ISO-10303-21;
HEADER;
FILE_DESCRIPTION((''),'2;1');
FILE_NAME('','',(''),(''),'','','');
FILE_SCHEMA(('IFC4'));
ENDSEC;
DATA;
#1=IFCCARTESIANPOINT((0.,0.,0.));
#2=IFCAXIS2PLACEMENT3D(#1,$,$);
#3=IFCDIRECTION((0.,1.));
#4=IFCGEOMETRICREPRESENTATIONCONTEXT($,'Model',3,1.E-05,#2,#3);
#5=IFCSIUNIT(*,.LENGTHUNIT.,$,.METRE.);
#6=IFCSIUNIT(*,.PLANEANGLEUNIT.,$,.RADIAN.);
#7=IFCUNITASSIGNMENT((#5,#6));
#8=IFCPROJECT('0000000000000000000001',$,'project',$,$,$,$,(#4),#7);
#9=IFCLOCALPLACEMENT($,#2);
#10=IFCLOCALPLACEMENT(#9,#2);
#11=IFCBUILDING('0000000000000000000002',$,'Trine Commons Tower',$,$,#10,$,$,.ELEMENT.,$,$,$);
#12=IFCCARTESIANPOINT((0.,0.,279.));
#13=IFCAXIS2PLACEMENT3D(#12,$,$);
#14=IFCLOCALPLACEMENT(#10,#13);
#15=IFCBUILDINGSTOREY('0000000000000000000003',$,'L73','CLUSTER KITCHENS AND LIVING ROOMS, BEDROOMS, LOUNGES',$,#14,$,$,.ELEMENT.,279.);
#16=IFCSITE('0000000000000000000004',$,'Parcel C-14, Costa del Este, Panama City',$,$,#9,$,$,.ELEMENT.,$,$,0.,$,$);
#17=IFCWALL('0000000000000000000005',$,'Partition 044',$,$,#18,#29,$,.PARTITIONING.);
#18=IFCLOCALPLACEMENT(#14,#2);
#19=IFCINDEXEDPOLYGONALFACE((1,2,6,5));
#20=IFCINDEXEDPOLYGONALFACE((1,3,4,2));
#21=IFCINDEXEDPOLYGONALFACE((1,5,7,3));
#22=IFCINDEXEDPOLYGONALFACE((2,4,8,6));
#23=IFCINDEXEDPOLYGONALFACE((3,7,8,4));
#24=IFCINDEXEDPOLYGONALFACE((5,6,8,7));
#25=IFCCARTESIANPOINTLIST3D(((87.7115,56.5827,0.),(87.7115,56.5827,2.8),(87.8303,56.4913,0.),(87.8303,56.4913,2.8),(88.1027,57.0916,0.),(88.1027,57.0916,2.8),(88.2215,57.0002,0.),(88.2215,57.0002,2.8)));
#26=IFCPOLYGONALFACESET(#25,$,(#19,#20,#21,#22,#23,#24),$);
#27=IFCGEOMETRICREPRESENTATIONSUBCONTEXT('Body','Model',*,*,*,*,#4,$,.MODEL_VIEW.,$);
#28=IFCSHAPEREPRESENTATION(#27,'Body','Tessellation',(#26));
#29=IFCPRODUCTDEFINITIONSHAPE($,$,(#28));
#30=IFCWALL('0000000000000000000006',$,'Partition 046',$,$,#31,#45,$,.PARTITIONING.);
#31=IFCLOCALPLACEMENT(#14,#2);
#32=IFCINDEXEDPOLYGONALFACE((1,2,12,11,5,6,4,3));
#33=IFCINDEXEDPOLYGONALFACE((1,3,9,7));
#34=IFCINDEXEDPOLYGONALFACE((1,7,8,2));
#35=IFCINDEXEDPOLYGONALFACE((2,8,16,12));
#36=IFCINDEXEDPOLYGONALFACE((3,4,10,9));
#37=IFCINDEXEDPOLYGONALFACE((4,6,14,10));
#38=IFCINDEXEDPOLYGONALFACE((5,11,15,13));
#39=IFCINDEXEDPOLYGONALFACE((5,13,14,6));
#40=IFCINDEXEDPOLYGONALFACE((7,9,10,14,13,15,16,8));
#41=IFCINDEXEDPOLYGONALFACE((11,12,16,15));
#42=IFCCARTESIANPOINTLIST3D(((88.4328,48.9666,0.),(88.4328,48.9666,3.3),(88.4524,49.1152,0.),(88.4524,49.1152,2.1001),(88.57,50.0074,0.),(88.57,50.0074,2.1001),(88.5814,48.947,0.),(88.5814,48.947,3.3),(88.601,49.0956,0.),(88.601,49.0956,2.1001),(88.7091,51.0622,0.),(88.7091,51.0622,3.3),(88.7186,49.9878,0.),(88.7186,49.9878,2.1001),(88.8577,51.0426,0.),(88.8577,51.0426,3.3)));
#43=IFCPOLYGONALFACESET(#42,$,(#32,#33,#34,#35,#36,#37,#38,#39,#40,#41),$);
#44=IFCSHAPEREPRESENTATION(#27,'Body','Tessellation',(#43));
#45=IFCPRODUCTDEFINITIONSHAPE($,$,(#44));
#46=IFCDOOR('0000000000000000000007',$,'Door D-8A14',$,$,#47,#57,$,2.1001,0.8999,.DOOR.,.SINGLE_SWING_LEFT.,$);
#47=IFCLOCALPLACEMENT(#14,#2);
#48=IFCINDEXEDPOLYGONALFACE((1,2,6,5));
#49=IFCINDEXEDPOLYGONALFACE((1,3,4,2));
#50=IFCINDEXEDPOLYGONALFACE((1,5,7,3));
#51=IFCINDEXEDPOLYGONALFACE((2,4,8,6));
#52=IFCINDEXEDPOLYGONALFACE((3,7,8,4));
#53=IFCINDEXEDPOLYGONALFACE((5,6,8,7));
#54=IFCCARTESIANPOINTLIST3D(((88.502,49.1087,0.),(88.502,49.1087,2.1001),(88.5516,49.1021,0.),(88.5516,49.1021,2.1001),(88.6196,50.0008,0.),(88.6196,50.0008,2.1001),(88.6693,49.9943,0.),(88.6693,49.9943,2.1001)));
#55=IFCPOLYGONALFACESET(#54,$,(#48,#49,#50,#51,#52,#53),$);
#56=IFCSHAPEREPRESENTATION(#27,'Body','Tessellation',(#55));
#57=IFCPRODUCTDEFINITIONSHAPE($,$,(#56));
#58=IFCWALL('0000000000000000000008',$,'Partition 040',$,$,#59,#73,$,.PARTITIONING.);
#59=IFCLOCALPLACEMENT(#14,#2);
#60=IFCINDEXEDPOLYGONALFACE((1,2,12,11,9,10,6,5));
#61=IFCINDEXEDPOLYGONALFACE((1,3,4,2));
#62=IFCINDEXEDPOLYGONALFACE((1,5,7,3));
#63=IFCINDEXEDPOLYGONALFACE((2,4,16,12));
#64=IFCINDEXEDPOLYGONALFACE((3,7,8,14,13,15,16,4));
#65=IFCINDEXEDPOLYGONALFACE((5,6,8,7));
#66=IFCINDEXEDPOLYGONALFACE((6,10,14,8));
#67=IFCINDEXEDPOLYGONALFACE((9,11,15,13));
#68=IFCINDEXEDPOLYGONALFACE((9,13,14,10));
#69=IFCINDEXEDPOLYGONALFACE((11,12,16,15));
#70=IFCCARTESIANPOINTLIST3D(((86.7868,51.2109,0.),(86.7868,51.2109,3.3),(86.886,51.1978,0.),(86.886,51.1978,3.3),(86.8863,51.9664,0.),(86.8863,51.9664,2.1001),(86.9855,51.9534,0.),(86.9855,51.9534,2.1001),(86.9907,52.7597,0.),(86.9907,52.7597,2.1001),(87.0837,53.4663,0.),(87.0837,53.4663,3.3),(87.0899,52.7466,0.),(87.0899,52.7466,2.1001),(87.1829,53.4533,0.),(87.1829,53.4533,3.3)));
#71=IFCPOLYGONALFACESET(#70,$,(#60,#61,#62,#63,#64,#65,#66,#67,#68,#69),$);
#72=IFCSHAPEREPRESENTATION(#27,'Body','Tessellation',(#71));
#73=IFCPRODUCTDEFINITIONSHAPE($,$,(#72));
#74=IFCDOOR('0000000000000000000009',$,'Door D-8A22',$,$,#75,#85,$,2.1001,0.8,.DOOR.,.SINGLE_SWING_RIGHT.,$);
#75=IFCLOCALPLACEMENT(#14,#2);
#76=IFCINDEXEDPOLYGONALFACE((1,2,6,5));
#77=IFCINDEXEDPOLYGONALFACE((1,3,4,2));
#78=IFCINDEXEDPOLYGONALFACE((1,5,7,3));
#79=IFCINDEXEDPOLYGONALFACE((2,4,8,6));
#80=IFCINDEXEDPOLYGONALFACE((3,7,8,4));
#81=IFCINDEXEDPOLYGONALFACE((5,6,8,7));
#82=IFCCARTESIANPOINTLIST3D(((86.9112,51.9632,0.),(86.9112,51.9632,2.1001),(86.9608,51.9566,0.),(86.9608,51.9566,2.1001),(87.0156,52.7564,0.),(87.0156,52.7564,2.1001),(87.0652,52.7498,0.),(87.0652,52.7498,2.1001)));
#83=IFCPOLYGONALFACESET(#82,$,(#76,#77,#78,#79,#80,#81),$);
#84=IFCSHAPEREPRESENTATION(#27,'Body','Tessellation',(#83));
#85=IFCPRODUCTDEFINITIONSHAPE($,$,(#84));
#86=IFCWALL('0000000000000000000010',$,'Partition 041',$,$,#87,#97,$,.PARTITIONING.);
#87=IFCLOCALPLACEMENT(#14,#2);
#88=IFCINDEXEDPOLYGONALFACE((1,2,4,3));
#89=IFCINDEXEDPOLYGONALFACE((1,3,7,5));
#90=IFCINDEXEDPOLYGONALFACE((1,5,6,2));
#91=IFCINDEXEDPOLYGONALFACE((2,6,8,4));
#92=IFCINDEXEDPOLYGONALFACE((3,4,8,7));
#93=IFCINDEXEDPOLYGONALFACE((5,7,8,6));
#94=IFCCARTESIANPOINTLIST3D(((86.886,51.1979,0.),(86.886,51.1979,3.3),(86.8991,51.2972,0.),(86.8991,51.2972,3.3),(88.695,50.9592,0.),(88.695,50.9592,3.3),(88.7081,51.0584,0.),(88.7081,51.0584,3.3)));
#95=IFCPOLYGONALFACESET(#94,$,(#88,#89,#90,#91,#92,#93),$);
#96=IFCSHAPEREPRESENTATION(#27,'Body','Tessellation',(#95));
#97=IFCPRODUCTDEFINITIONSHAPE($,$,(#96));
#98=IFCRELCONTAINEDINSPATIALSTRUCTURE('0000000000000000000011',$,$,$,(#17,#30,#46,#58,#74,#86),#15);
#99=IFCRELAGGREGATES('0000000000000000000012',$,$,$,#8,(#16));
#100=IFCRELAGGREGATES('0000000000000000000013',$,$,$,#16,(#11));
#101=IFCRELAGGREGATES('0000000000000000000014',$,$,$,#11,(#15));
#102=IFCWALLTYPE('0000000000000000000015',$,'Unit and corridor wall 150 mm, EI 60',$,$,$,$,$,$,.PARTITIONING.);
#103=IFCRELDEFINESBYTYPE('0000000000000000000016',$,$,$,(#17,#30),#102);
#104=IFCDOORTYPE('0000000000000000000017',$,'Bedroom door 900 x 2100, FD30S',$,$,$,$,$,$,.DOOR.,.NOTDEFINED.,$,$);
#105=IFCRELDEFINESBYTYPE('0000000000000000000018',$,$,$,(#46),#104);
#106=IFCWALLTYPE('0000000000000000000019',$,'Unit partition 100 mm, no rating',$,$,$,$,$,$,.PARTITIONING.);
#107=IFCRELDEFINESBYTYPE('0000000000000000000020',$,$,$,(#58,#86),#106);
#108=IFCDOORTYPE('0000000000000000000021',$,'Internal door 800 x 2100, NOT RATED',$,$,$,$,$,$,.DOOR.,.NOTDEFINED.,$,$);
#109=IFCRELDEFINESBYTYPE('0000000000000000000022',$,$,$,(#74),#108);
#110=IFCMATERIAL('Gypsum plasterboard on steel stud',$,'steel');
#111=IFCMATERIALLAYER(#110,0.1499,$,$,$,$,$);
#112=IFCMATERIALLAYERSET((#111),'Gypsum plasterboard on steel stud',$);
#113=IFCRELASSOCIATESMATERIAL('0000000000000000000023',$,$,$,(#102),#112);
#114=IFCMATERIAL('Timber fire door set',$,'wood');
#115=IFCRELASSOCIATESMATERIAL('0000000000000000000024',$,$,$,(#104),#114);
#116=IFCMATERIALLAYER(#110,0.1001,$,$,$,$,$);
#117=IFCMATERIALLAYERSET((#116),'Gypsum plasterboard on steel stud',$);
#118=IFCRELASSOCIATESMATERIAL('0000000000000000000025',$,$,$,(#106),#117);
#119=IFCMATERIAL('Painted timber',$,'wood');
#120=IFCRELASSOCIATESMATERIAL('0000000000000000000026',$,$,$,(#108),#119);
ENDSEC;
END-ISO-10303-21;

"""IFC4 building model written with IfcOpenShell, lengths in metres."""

from ifc_helpers import new_model, si_unit, direction, frame, frame_2d, origin, place, context, subcontext, project, spatial, rectangle, extrude, material, layer, layer_set, type_object, element, fill, save


model = new_model("IFC4")

# Units and contexts
model_context = context("Model", 3, precision=1e-05, world=origin(), true_north=direction((0.0, 1.0)))
body_context = subcontext(model_context, "Body", "Model", "MODEL_VIEW")
ifc_project = project(units=[si_unit("LENGTHUNIT", "METRE"), si_unit("PLANEANGLEUNIT", "RADIAN")], contexts=[model_context])

# Site, building, storey
site_placement = place(None, origin())
site = spatial("IfcSite", under=ifc_project, at=site_placement, Name="Parcel C-14, Costa del Este, Panama City", CompositionType="ELEMENT", RefElevation=0.0)
building_placement = place(site_placement, origin())
building = spatial("IfcBuilding", under=site, at=building_placement, Name="Trine Commons Tower", CompositionType="ELEMENT")
storey_placement = place(building_placement, frame((0.0, 0.0, 279.0)))
storey = spatial("IfcBuildingStorey", under=building, at=storey_placement, Name="L73", Description="CLUSTER KITCHENS AND LIVING ROOMS, BEDROOMS, LOUNGES", CompositionType="ELEMENT", Elevation=279.0)

# Shared definitions
ifc_material_1 = material(Name="Gypsum plasterboard on steel stud", Category="steel")
ifc_layer_1 = layer(ifc_material_1, 0.1499)
ifc_layer_set_1 = layer_set([ifc_layer_1], Name="Gypsum plasterboard on steel stud")
wall_type_1 = type_object("IfcWallType", Name="Unit and corridor wall 150 mm, EI 60", PredefinedType="PARTITIONING", material=ifc_layer_set_1)

# Shared definitions
ifc_material_2 = material(Name="Timber fire door set", Category="wood")

# Wall
wall_1_placement = place(storey_placement, frame((87.771, 56.5371, 0.0), z_axis=(0.0, 0.0, 1.0), x_axis=(0.609453, 0.792822, 0.0)))
element("IfcWall", 1, at=wall_1_placement, inside=storey, type_object=wall_type_1, Name="Partition 044", PredefinedType="PARTITIONING", context=body_context, shape_type="SweptSolid", body=[
    extrude(rectangle(XDim=0.6418, YDim=0.1499, at=frame_2d((0.3208, 0.0))), origin(), (0.0, 0.0, 1.0), 2.8),
])

# Walls, openings, doors
wall_2_placement = place(storey_placement, frame((88.5071, 48.9568, 0.0), z_axis=(0.0, 0.0, 1.0), x_axis=(0.130741, 0.991417, 0.0)))
wall_2 = element("IfcWall", 2, at=wall_2_placement, inside=storey, type_object=wall_type_1, Name="Partition 046", PredefinedType="PARTITIONING", context=body_context, shape_type="SweptSolid", body=[
    extrude(rectangle(XDim=2.1138, YDim=0.1499, at=frame_2d((1.0569, 0.0))), origin(), (0.0, 0.0, 1.0), 3.3),
])
opening_1_placement = place(wall_2_placement, frame((0.1499, 0.0, 0.0)))
opening_1 = element("IfcOpeningElement", 3, at=opening_1_placement, cuts=wall_2, PredefinedType="OPENING", context=body_context, shape_type="SweptSolid", body=[
    extrude(rectangle(XDim=0.8999, YDim=2.1001, at=frame_2d((0.45, 1.05))), frame((0.0, 0.085, 0.0), z_axis=(0.0, -1.0, 0.0), x_axis=(1.0, 0.0, 0.0)), (0.0, 0.0, 1.0), 0.1699),
])
door_type_1 = type_object("IfcDoorType", Name="Bedroom door 900 x 2100, FD30S", OperationType="NOTDEFINED", PredefinedType="DOOR", material=ifc_material_2)
door_1_placement = place(opening_1_placement, origin())
door_1 = element("IfcDoor", 4, at=door_1_placement, inside=storey, type_object=door_type_1, Name="Door D-8A14", OperationType="SINGLE_SWING_LEFT", OverallHeight=2.1001, OverallWidth=0.8999, PredefinedType="DOOR", context=body_context, shape_type="SweptSolid", body=[
    extrude(rectangle(XDim=0.8999, YDim=2.1001, at=frame_2d((0.45, 1.05))), frame((0.0, 0.0249, 0.0), z_axis=(0.0, -1.0, 0.0), x_axis=(1.0, 0.0, 0.0)), (0.0, 0.0, 1.0), 0.05),
])
fill(opening_1, door_1)
ifc_layer_2 = layer(ifc_material_1, 0.1001)
ifc_layer_set_2 = layer_set([ifc_layer_2], Name="Gypsum plasterboard on steel stud")
wall_type_2 = type_object("IfcWallType", Name="Unit partition 100 mm, no rating", PredefinedType="PARTITIONING", material=ifc_layer_set_2)
wall_3_placement = place(storey_placement, frame((86.8364, 51.2043, 0.0), z_axis=(0.0, 0.0, 1.0), x_axis=(0.130504, 0.991448, 0.0)))
wall_3 = element("IfcWall", 5, at=wall_3_placement, inside=storey, type_object=wall_type_2, Name="Partition 040", PredefinedType="PARTITIONING", context=body_context, shape_type="SweptSolid", body=[
    extrude(rectangle(XDim=2.2749, YDim=0.1001, at=frame_2d((1.1375, 0.0))), origin(), (0.0, 0.0, 1.0), 3.3),
])
opening_2_placement = place(wall_3_placement, frame((0.7622, 0.0, 0.0)))
opening_2 = element("IfcOpeningElement", 6, at=opening_2_placement, cuts=wall_3, PredefinedType="OPENING", context=body_context, shape_type="SweptSolid", body=[
    extrude(rectangle(XDim=0.8, YDim=2.1001, at=frame_2d((0.3999, 1.05))), frame((0.0, 0.0601, 0.0), z_axis=(0.0, -1.0, 0.0), x_axis=(1.0, 0.0, 0.0)), (0.0, 0.0, 1.0), 0.1201),
])
ifc_material_3 = material(Name="Painted timber", Category="wood")
door_type_2 = type_object("IfcDoorType", Name="Internal door 800 x 2100, NOT RATED", OperationType="NOTDEFINED", PredefinedType="DOOR", material=ifc_material_3)
door_2_placement = place(opening_2_placement, origin())
door_2 = element("IfcDoor", 7, at=door_2_placement, inside=storey, type_object=door_type_2, Name="Door D-8A22", OperationType="SINGLE_SWING_RIGHT", OverallHeight=2.1001, OverallWidth=0.8, PredefinedType="DOOR", context=body_context, shape_type="SweptSolid", body=[
    extrude(rectangle(XDim=0.8, YDim=2.1001, at=frame_2d((0.3999, 1.05))), frame((0.0, 0.0249, 0.0), z_axis=(0.0, -1.0, 0.0), x_axis=(1.0, 0.0, 0.0)), (0.0, 0.0, 1.0), 0.05),
])
fill(opening_2, door_2)

# Wall
wall_4_placement = place(storey_placement, frame((86.8926, 51.2476, 0.0), z_axis=(0.0, 0.0, 1.0), x_axis=(0.991402, -0.130849, 0.0)))
element("IfcWall", 8, at=wall_4_placement, inside=storey, type_object=wall_type_2, Name="Partition 041", PredefinedType="PARTITIONING", context=body_context, shape_type="SweptSolid", body=[
    extrude(rectangle(XDim=1.8247, YDim=0.1001, at=frame_2d((0.9124, 0.0))), origin(), (0.0, 0.0, 1.0), 3.3),
])

save(model, "model.ifc")
